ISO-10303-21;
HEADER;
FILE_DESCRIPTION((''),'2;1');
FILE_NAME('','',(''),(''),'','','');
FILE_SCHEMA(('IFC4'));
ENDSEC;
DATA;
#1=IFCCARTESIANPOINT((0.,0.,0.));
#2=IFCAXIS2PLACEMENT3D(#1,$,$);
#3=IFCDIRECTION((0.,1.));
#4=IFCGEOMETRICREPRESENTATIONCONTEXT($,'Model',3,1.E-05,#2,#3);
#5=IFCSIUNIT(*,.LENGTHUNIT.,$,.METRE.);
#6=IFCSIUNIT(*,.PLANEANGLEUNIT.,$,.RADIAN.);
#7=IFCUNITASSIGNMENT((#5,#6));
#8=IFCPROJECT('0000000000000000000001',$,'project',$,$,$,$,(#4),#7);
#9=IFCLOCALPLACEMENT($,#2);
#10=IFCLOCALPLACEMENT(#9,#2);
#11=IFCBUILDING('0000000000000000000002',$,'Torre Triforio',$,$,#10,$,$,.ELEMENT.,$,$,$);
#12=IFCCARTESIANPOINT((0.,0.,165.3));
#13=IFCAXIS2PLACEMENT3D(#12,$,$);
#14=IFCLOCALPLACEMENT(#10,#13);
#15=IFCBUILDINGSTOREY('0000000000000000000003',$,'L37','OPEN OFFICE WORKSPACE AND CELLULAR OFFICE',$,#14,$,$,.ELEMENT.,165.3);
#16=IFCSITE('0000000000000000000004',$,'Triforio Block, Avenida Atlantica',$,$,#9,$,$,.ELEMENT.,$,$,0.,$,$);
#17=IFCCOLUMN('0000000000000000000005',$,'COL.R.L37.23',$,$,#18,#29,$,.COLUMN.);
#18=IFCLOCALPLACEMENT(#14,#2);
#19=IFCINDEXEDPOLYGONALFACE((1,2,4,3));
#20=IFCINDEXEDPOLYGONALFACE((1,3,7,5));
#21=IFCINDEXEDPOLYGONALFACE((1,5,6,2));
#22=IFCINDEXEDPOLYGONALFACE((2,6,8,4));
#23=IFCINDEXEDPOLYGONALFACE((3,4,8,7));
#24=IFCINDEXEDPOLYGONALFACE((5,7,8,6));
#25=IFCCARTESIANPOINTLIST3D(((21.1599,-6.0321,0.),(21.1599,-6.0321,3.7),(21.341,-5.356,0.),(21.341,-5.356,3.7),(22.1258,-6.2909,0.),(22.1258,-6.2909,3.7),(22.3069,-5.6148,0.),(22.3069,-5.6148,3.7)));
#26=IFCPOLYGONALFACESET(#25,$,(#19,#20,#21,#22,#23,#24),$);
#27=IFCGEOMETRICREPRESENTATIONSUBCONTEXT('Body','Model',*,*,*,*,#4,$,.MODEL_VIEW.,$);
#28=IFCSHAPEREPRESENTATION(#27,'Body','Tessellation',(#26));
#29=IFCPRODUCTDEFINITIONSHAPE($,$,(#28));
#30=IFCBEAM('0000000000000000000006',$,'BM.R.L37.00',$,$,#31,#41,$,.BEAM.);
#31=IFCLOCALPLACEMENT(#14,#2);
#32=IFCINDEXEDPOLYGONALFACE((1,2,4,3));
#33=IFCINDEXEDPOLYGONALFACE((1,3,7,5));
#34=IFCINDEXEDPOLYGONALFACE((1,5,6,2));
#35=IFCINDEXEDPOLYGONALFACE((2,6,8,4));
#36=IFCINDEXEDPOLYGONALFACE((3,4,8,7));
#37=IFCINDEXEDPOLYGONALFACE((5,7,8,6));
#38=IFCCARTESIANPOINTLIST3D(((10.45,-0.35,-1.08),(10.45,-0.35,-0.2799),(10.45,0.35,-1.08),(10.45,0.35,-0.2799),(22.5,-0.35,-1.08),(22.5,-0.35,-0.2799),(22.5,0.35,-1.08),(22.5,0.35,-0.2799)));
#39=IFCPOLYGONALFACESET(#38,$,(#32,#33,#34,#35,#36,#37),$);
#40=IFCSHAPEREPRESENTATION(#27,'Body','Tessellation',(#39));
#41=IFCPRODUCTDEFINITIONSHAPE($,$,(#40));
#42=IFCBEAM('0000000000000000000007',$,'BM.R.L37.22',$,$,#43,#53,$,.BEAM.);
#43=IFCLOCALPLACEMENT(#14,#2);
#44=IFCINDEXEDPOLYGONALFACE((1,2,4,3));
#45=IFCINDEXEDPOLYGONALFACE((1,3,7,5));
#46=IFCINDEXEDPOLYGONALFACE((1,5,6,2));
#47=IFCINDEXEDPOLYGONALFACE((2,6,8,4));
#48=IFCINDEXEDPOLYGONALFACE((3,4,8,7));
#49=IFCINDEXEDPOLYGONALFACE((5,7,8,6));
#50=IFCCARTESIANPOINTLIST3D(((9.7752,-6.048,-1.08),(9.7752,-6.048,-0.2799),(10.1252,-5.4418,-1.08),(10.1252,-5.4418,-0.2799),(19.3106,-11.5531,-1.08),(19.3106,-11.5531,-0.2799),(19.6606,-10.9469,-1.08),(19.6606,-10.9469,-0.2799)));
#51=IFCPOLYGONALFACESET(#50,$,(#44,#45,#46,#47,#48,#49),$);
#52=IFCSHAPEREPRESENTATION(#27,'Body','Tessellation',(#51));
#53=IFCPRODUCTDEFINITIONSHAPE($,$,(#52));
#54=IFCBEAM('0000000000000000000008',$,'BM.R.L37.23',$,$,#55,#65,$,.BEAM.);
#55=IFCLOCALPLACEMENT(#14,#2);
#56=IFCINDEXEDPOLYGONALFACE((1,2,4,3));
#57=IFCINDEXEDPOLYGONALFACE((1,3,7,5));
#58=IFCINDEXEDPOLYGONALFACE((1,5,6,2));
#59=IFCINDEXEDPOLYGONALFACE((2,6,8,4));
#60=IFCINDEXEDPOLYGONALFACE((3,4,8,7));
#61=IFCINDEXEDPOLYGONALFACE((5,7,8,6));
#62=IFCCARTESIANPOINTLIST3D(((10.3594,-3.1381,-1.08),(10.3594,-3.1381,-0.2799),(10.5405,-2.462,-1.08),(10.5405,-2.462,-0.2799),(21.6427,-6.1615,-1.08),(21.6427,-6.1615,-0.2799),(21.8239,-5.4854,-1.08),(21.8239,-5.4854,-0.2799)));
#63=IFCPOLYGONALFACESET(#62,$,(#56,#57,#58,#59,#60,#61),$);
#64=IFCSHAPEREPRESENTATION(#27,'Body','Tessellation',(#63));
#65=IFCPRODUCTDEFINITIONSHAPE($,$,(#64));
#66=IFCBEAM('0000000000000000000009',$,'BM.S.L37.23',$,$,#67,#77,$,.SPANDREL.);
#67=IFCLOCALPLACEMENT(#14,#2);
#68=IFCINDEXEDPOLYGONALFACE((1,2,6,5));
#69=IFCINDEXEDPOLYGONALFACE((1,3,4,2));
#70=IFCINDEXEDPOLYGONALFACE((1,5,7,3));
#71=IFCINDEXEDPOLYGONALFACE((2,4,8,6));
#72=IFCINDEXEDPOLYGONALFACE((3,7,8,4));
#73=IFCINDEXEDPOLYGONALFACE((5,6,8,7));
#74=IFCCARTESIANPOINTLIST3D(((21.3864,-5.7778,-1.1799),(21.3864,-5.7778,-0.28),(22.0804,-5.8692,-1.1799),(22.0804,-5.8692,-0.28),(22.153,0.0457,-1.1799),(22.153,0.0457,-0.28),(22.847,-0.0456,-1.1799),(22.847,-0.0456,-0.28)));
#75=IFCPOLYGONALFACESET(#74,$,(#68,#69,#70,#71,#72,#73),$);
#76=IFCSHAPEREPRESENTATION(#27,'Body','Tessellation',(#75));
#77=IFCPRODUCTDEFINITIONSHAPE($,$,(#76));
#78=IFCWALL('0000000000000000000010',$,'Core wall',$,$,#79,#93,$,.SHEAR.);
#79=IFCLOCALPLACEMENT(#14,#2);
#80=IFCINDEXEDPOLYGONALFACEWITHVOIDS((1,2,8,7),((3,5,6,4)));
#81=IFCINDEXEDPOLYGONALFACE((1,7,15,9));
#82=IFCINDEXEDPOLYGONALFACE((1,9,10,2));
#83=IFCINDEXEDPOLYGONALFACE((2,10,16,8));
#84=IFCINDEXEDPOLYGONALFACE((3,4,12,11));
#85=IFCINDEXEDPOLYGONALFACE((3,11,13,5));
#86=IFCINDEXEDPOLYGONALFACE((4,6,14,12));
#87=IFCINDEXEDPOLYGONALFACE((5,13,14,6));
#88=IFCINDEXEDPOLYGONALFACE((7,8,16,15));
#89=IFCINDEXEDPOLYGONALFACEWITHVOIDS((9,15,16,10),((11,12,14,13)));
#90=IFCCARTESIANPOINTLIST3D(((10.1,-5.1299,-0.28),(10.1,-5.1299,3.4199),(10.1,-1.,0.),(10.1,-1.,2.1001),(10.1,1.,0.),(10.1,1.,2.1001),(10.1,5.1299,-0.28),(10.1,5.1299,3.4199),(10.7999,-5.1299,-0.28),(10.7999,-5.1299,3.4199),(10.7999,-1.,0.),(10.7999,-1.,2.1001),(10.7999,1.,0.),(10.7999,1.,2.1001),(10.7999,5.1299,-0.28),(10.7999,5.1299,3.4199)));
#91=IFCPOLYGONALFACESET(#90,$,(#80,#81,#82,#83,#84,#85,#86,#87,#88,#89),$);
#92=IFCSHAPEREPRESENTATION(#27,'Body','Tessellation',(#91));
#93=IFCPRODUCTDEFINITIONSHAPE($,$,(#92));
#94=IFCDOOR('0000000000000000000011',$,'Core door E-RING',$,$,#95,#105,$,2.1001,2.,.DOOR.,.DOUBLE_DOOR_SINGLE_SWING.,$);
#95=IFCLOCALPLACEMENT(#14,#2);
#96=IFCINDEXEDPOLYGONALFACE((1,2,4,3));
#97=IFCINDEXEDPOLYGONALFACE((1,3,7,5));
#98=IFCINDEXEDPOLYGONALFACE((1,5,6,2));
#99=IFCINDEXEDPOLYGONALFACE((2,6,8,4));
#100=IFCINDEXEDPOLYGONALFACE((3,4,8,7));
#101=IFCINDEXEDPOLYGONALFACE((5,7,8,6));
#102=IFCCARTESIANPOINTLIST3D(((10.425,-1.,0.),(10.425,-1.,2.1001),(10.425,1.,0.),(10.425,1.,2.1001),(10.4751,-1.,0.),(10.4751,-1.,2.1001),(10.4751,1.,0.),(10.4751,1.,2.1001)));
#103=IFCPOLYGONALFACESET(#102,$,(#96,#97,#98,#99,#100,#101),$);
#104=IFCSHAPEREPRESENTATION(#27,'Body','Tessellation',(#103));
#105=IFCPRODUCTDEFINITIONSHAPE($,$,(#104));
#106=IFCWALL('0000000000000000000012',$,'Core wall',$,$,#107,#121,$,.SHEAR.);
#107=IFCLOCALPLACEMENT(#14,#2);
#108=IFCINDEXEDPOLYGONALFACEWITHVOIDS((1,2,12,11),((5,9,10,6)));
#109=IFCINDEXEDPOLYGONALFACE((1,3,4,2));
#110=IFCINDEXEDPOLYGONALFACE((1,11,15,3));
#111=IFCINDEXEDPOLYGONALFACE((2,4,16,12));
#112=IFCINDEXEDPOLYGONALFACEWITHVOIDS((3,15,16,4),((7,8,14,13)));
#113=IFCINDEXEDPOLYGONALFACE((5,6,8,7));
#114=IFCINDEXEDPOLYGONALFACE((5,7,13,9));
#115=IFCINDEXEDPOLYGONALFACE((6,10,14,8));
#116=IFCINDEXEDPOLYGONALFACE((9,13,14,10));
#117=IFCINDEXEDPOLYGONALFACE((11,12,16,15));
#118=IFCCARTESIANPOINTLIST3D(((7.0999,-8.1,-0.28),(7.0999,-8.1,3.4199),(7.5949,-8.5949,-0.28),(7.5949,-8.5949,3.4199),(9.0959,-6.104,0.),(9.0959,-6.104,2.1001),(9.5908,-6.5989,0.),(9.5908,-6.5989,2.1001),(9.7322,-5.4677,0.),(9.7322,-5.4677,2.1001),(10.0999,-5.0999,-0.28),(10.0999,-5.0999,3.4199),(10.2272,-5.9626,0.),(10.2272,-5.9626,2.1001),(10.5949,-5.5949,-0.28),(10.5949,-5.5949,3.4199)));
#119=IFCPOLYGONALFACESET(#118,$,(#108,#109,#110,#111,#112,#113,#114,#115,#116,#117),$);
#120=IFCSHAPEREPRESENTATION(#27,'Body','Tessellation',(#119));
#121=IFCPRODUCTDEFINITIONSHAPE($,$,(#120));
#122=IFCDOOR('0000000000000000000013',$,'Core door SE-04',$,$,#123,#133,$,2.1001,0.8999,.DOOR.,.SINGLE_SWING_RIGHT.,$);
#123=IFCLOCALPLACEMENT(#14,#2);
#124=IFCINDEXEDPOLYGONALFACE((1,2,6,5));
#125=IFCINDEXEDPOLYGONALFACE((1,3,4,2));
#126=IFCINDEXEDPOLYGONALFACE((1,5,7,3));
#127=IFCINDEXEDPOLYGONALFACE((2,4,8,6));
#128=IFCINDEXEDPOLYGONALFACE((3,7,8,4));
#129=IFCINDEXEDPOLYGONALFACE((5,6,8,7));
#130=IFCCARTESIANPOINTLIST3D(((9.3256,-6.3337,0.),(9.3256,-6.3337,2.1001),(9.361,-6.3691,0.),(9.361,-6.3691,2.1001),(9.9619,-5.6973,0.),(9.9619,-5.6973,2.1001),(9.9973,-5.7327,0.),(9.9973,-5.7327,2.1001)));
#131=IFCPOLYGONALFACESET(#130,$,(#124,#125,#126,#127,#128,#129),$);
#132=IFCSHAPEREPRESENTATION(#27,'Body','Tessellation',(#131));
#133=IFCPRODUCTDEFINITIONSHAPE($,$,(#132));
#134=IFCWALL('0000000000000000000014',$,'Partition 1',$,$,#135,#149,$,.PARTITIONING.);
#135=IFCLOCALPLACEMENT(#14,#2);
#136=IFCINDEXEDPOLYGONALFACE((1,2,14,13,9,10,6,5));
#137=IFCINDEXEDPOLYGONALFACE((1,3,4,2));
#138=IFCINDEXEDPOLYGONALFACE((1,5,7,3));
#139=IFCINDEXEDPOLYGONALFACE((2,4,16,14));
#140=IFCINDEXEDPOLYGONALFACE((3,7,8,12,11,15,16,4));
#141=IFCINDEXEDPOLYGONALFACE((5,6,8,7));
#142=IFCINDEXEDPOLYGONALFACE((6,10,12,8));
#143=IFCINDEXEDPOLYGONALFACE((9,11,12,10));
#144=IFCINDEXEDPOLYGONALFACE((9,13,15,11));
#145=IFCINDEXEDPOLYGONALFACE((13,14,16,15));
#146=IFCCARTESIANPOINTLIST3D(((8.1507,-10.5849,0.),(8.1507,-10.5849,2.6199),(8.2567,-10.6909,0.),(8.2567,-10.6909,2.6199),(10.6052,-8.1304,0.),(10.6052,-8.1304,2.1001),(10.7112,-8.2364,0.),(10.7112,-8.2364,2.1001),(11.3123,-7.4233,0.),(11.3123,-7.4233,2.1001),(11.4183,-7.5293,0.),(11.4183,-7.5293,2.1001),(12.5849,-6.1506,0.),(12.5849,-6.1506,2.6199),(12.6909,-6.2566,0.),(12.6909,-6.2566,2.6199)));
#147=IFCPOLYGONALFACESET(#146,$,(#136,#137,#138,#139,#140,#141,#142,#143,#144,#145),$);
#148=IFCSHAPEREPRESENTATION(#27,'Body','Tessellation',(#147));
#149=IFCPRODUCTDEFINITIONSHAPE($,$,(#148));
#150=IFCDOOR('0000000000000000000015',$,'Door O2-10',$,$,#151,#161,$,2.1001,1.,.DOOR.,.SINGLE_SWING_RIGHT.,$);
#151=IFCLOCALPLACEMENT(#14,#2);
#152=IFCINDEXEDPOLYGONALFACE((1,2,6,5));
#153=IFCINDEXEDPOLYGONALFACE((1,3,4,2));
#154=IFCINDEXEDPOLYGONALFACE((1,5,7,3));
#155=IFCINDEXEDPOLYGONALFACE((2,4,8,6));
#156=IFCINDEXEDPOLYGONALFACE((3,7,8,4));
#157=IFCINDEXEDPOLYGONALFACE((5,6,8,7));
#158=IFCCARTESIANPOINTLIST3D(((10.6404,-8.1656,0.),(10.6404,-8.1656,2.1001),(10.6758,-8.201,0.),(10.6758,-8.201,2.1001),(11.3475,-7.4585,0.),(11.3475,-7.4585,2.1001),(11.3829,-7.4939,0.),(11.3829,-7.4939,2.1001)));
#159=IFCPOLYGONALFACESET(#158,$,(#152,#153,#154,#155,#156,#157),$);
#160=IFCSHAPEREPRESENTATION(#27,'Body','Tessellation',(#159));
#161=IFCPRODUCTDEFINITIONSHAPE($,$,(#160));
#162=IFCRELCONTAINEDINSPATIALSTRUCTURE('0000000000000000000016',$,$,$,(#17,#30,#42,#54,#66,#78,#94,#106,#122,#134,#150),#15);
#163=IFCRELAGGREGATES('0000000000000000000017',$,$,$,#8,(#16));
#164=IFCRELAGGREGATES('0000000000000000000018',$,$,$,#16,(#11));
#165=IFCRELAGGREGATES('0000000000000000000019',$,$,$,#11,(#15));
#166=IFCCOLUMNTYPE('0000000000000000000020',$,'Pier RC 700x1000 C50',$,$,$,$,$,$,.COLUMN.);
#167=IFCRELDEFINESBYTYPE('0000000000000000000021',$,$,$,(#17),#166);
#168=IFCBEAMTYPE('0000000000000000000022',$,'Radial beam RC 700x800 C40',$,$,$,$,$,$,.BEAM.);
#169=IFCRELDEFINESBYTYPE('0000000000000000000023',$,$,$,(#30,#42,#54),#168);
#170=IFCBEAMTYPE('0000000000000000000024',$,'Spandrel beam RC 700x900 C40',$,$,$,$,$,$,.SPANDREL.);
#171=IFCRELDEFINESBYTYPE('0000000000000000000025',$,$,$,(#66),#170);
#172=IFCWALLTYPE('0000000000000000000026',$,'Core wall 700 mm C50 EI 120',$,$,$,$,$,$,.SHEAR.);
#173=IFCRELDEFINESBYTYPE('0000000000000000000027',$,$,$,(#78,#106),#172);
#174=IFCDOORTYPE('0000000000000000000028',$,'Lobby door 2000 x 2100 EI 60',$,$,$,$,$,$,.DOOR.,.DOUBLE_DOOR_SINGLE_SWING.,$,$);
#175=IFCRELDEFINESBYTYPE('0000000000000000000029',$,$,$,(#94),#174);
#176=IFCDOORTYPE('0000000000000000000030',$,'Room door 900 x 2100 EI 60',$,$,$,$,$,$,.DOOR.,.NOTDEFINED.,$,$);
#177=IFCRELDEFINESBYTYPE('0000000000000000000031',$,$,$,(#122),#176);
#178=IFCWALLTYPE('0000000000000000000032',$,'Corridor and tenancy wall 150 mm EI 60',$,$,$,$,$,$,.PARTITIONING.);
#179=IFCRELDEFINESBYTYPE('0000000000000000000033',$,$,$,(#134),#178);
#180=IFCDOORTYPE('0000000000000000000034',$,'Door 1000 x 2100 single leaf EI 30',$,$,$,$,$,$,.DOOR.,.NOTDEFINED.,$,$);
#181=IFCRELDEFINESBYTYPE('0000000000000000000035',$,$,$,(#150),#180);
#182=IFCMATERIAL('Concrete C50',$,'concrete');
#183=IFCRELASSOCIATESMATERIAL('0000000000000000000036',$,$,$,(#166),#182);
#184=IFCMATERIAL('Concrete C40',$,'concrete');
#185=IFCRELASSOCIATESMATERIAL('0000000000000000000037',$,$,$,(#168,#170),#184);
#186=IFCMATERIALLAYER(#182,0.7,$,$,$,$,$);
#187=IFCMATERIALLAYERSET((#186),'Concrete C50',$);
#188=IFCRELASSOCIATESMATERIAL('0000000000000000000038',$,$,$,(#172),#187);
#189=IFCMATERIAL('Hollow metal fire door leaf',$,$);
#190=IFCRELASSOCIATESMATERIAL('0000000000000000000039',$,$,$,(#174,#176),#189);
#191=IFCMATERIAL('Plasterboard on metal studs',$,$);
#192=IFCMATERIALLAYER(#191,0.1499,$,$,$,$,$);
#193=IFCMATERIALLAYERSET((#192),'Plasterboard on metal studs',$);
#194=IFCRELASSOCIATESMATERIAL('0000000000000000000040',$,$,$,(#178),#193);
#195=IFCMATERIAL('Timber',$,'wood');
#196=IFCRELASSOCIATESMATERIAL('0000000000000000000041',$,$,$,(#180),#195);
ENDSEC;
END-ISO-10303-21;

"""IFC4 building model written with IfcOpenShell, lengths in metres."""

from ifc_helpers import new_model, si_unit, direction, frame, frame_2d, origin, origin_2d, place, context, subcontext, project, spatial, rectangle, extrude, material, layer, layer_set, material_profile, profile_set, type_object, element, fill, save


model = new_model("IFC4")

# Units and contexts
model_context = context("Model", 3, precision=1e-05, world=origin(), true_north=direction((0.0, 1.0)))
body_context = subcontext(model_context, "Body", "Model", "MODEL_VIEW")
ifc_project = project(units=[si_unit("LENGTHUNIT", "METRE"), si_unit("PLANEANGLEUNIT", "RADIAN")], contexts=[model_context])

# Site, building, storey
site_placement = place(None, origin())
site = spatial("IfcSite", under=ifc_project, at=site_placement, Name="Triforio Block, Avenida Atlantica", CompositionType="ELEMENT", RefElevation=0.0)
building_placement = place(site_placement, origin())
building = spatial("IfcBuilding", under=site, at=building_placement, Name="Torre Triforio", CompositionType="ELEMENT")
storey_placement = place(building_placement, frame((0.0, 0.0, 165.3)))
storey = spatial("IfcBuildingStorey", under=building, at=storey_placement, Name="L37", Description="OPEN OFFICE WORKSPACE AND CELLULAR OFFICE", CompositionType="ELEMENT", Elevation=165.3)

# Column
ifc_material_1 = material(Name="Concrete C50", Category="concrete")
ifc_material_profile_1 = material_profile(ifc_material_1, rectangle(XDim=0.7, YDim=1.0, at=origin_2d()), Name="RC 700x1000")
ifc_profile_set_1 = profile_set([ifc_material_profile_1], Name="Concrete C50")
column_type = type_object("IfcColumnType", Name="Pier RC 700x1000 C50", PredefinedType="COLUMN", material=ifc_profile_set_1)
column_placement = place(storey_placement, frame((21.7334, -5.8235, 0.0), z_axis=(0.0, 0.0, 1.0), x_axis=(0.258819, 0.965926, 0.0)))
element("IfcColumn", 1, at=column_placement, inside=storey, type_object=column_type, Name="COL.R.L37.23", PredefinedType="COLUMN", context=body_context, shape_type="SweptSolid", body=[
    extrude(rectangle(XDim=0.7, YDim=1.0, at=origin_2d()), origin(), (0.0, 0.0, 1.0), 3.7),
])

# Beams
ifc_material_2 = material(Name="Concrete C40", Category="concrete")
ifc_material_profile_2 = material_profile(ifc_material_2, rectangle(XDim=0.7, YDim=0.8, at=origin_2d()), Name="RC 700x800")
ifc_profile_set_2 = profile_set([ifc_material_profile_2], Name="Concrete C40")
beam_type_1 = type_object("IfcBeamType", Name="Radial beam RC 700x800 C40", PredefinedType="BEAM", material=ifc_profile_set_2)
beam_1_placement = place(storey_placement, frame((10.45, 0.0, -0.6799), z_axis=(1.0, 0.0, 0.0), x_axis=(0.0, 1.0, 0.0)))
element("IfcBeam", 2, at=beam_1_placement, inside=storey, type_object=beam_type_1, Name="BM.R.L37.00", PredefinedType="BEAM", context=body_context, shape_type="SweptSolid", body=[
    extrude(rectangle(XDim=0.7, YDim=0.8, at=origin_2d()), origin(), (0.0, 0.0, 1.0), 12.05),
])
beam_2_placement = place(storey_placement, frame((9.9502, -5.7449, -0.6799), z_axis=(0.866031, -0.499991, 0.0), x_axis=(0.499991, 0.866031, 0.0)))
element("IfcBeam", 3, at=beam_2_placement, inside=storey, type_object=beam_type_1, Name="BM.R.L37.22", PredefinedType="BEAM", context=body_context, shape_type="SweptSolid", body=[
    extrude(rectangle(XDim=0.7, YDim=0.8, at=origin_2d()), origin(), (0.0, 0.0, 1.0), 11.0105),
])
beam_3_placement = place(storey_placement, frame((10.45, -2.8, -0.6799), z_axis=(0.965925, -0.258823, 0.0), x_axis=(0.258823, 0.965925, 0.0)))
element("IfcBeam", 4, at=beam_3_placement, inside=storey, type_object=beam_type_1, Name="BM.R.L37.23", PredefinedType="BEAM", context=body_context, shape_type="SweptSolid", body=[
    extrude(rectangle(XDim=0.7, YDim=0.8, at=origin_2d()), origin(), (0.0, 0.0, 1.0), 11.6814),
])
ifc_material_profile_3 = material_profile(ifc_material_2, rectangle(XDim=0.7, YDim=0.8999, at=origin_2d()), Name="RC 700x900")
ifc_profile_set_3 = profile_set([ifc_material_profile_3], Name="Concrete C40")
beam_type_2 = type_object("IfcBeamType", Name="Spandrel beam RC 700x900 C40", PredefinedType="SPANDREL", material=ifc_profile_set_3)
beam_4_placement = place(storey_placement, frame((21.7334, -5.8235, -0.73), z_axis=(0.130514, 0.991447, 0.0), x_axis=(-0.991447, 0.130514, 0.0)))
element("IfcBeam", 5, at=beam_4_placement, inside=storey, type_object=beam_type_2, Name="BM.S.L37.23", PredefinedType="SPANDREL", context=body_context, shape_type="SweptSolid", body=[
    extrude(rectangle(XDim=0.7, YDim=0.8999, at=origin_2d()), origin(), (0.0, 0.0, 1.0), 5.8738),
])

# Walls, openings, doors
ifc_layer_1 = layer(ifc_material_1, 0.7)
ifc_layer_set_1 = layer_set([ifc_layer_1], Name="Concrete C50")
wall_type_1 = type_object("IfcWallType", Name="Core wall 700 mm C50 EI 120", PredefinedType="SHEAR", material=ifc_layer_set_1)
wall_1_placement = place(storey_placement, frame((10.45, -5.1299, -0.28), z_axis=(0.0, 0.0, 1.0), x_axis=(0.0, 1.0, 0.0)))
wall_1 = element("IfcWall", 6, at=wall_1_placement, inside=storey, type_object=wall_type_1, Name="Core wall", PredefinedType="SHEAR", context=body_context, shape_type="SweptSolid", body=[
    extrude(rectangle(XDim=10.2598, YDim=0.7, at=frame_2d((5.1299, 0.0))), origin(), (0.0, 0.0, 1.0), 3.7),
])
opening_1_placement = place(wall_1_placement, frame((4.1299, 0.0, 0.28)))
opening_1 = element("IfcOpeningElement", 7, at=opening_1_placement, cuts=wall_1, PredefinedType="OPENING", context=body_context, shape_type="SweptSolid", body=[
    extrude(rectangle(XDim=2.0, YDim=2.1001, at=frame_2d((1.0, 1.05))), frame((0.0, 0.3599, 0.0), z_axis=(0.0, -1.0, 0.0), x_axis=(1.0, 0.0, 0.0)), (0.0, 0.0, 1.0), 0.72),
])
ifc_material_3 = material(Name="Hollow metal fire door leaf")
door_type_1 = type_object("IfcDoorType", Name="Lobby door 2000 x 2100 EI 60", OperationType="DOUBLE_DOOR_SINGLE_SWING", PredefinedType="DOOR", material=ifc_material_3)
door_1_placement = place(opening_1_placement, origin())
door_1 = element("IfcDoor", 8, at=door_1_placement, inside=storey, type_object=door_type_1, Name="Core door E-RING", OperationType="DOUBLE_DOOR_SINGLE_SWING", OverallHeight=2.1001, OverallWidth=2.0, PredefinedType="DOOR", context=body_context, shape_type="SweptSolid", body=[
    extrude(rectangle(XDim=2.0, YDim=2.1001, at=frame_2d((1.0, 1.05))), frame((0.0, 0.0249, 0.0), z_axis=(0.0, -1.0, 0.0), x_axis=(1.0, 0.0, 0.0)), (0.0, 0.0, 1.0), 0.05),
])
fill(opening_1, door_1)
wall_2_placement = place(storey_placement, frame((10.3474, -5.3474, -0.28), z_axis=(0.0, 0.0, 1.0), x_axis=(-0.707107, -0.707107, 0.0)))
wall_2 = element("IfcWall", 9, at=wall_2_placement, inside=storey, type_object=wall_type_1, Name="Core wall", PredefinedType="SHEAR", context=body_context, shape_type="SweptSolid", body=[
    extrude(rectangle(XDim=4.2427, YDim=0.7, at=frame_2d((2.1213, 0.0))), origin(), (0.0, 0.0, 1.0), 3.7),
])
opening_2_placement = place(wall_2_placement, frame((0.52, 0.0, 0.28)))
opening_2 = element("IfcOpeningElement", 10, at=opening_2_placement, cuts=wall_2, PredefinedType="OPENING", context=body_context, shape_type="SweptSolid", body=[
    extrude(rectangle(XDim=0.8999, YDim=2.1001, at=frame_2d((0.45, 1.05))), frame((0.0, 0.3599, 0.0), z_axis=(0.0, -1.0, 0.0), x_axis=(1.0, 0.0, 0.0)), (0.0, 0.0, 1.0), 0.72),
])
door_type_2 = type_object("IfcDoorType", Name="Room door 900 x 2100 EI 60", OperationType="NOTDEFINED", PredefinedType="DOOR", material=ifc_material_3)
door_2_placement = place(opening_2_placement, origin())
door_2 = element("IfcDoor", 11, at=door_2_placement, inside=storey, type_object=door_type_2, Name="Core door SE-04", OperationType="SINGLE_SWING_RIGHT", OverallHeight=2.1001, OverallWidth=0.8999, PredefinedType="DOOR", context=body_context, shape_type="SweptSolid", body=[
    extrude(rectangle(XDim=0.8999, YDim=2.1001, at=frame_2d((0.45, 1.05))), frame((0.0, 0.0249, 0.0), z_axis=(0.0, -1.0, 0.0), x_axis=(1.0, 0.0, 0.0)), (0.0, 0.0, 1.0), 0.05),
])
fill(opening_2, door_2)
ifc_material_4 = material(Name="Plasterboard on metal studs")
ifc_layer_2 = layer(ifc_material_4, 0.1499)
ifc_layer_set_2 = layer_set([ifc_layer_2], Name="Plasterboard on metal studs")
wall_type_2 = type_object("IfcWallType", Name="Corridor and tenancy wall 150 mm EI 60", PredefinedType="PARTITIONING", material=ifc_layer_set_2)
wall_3_placement = place(storey_placement, frame((12.6379, -6.2036, 0.0), z_axis=(0.0, 0.0, 1.0), x_axis=(-0.707107, -0.707107, 0.0)))
wall_3 = element("IfcWall", 12, at=wall_3_placement, inside=storey, type_object=wall_type_2, Name="Partition 1", PredefinedType="PARTITIONING", context=body_context, shape_type="SweptSolid", body=[
    extrude(rectangle(XDim=6.271, YDim=0.1499, at=frame_2d((3.1355, 0.0))), origin(), (0.0, 0.0, 1.0), 2.6199),
])
opening_3_placement = place(wall_3_placement, frame((1.7998, 0.0, 0.0)))
opening_3 = element("IfcOpeningElement", 13, at=opening_3_placement, cuts=wall_3, PredefinedType="OPENING", context=body_context, shape_type="SweptSolid", body=[
    extrude(rectangle(XDim=1.0, YDim=2.1001, at=frame_2d((0.5, 1.05))), frame((0.0, 0.085, 0.0), z_axis=(0.0, -1.0, 0.0), x_axis=(1.0, 0.0, 0.0)), (0.0, 0.0, 1.0), 0.1699),
])
ifc_material_5 = material(Name="Timber", Category="wood")
door_type_3 = type_object("IfcDoorType", Name="Door 1000 x 2100 single leaf EI 30", OperationType="NOTDEFINED", PredefinedType="DOOR", material=ifc_material_5)
door_3_placement = place(opening_3_placement, origin())
door_3 = element("IfcDoor", 14, at=door_3_placement, inside=storey, type_object=door_type_3, Name="Door O2-10", OperationType="SINGLE_SWING_RIGHT", OverallHeight=2.1001, OverallWidth=1.0, PredefinedType="DOOR", context=body_context, shape_type="SweptSolid", body=[
    extrude(rectangle(XDim=1.0, YDim=2.1001, at=frame_2d((0.5, 1.05))), frame((0.0, 0.0249, 0.0), z_axis=(0.0, -1.0, 0.0), x_axis=(1.0, 0.0, 0.0)), (0.0, 0.0, 1.0), 0.05),
])
fill(opening_3, door_3)

save(model, "model.ifc")
